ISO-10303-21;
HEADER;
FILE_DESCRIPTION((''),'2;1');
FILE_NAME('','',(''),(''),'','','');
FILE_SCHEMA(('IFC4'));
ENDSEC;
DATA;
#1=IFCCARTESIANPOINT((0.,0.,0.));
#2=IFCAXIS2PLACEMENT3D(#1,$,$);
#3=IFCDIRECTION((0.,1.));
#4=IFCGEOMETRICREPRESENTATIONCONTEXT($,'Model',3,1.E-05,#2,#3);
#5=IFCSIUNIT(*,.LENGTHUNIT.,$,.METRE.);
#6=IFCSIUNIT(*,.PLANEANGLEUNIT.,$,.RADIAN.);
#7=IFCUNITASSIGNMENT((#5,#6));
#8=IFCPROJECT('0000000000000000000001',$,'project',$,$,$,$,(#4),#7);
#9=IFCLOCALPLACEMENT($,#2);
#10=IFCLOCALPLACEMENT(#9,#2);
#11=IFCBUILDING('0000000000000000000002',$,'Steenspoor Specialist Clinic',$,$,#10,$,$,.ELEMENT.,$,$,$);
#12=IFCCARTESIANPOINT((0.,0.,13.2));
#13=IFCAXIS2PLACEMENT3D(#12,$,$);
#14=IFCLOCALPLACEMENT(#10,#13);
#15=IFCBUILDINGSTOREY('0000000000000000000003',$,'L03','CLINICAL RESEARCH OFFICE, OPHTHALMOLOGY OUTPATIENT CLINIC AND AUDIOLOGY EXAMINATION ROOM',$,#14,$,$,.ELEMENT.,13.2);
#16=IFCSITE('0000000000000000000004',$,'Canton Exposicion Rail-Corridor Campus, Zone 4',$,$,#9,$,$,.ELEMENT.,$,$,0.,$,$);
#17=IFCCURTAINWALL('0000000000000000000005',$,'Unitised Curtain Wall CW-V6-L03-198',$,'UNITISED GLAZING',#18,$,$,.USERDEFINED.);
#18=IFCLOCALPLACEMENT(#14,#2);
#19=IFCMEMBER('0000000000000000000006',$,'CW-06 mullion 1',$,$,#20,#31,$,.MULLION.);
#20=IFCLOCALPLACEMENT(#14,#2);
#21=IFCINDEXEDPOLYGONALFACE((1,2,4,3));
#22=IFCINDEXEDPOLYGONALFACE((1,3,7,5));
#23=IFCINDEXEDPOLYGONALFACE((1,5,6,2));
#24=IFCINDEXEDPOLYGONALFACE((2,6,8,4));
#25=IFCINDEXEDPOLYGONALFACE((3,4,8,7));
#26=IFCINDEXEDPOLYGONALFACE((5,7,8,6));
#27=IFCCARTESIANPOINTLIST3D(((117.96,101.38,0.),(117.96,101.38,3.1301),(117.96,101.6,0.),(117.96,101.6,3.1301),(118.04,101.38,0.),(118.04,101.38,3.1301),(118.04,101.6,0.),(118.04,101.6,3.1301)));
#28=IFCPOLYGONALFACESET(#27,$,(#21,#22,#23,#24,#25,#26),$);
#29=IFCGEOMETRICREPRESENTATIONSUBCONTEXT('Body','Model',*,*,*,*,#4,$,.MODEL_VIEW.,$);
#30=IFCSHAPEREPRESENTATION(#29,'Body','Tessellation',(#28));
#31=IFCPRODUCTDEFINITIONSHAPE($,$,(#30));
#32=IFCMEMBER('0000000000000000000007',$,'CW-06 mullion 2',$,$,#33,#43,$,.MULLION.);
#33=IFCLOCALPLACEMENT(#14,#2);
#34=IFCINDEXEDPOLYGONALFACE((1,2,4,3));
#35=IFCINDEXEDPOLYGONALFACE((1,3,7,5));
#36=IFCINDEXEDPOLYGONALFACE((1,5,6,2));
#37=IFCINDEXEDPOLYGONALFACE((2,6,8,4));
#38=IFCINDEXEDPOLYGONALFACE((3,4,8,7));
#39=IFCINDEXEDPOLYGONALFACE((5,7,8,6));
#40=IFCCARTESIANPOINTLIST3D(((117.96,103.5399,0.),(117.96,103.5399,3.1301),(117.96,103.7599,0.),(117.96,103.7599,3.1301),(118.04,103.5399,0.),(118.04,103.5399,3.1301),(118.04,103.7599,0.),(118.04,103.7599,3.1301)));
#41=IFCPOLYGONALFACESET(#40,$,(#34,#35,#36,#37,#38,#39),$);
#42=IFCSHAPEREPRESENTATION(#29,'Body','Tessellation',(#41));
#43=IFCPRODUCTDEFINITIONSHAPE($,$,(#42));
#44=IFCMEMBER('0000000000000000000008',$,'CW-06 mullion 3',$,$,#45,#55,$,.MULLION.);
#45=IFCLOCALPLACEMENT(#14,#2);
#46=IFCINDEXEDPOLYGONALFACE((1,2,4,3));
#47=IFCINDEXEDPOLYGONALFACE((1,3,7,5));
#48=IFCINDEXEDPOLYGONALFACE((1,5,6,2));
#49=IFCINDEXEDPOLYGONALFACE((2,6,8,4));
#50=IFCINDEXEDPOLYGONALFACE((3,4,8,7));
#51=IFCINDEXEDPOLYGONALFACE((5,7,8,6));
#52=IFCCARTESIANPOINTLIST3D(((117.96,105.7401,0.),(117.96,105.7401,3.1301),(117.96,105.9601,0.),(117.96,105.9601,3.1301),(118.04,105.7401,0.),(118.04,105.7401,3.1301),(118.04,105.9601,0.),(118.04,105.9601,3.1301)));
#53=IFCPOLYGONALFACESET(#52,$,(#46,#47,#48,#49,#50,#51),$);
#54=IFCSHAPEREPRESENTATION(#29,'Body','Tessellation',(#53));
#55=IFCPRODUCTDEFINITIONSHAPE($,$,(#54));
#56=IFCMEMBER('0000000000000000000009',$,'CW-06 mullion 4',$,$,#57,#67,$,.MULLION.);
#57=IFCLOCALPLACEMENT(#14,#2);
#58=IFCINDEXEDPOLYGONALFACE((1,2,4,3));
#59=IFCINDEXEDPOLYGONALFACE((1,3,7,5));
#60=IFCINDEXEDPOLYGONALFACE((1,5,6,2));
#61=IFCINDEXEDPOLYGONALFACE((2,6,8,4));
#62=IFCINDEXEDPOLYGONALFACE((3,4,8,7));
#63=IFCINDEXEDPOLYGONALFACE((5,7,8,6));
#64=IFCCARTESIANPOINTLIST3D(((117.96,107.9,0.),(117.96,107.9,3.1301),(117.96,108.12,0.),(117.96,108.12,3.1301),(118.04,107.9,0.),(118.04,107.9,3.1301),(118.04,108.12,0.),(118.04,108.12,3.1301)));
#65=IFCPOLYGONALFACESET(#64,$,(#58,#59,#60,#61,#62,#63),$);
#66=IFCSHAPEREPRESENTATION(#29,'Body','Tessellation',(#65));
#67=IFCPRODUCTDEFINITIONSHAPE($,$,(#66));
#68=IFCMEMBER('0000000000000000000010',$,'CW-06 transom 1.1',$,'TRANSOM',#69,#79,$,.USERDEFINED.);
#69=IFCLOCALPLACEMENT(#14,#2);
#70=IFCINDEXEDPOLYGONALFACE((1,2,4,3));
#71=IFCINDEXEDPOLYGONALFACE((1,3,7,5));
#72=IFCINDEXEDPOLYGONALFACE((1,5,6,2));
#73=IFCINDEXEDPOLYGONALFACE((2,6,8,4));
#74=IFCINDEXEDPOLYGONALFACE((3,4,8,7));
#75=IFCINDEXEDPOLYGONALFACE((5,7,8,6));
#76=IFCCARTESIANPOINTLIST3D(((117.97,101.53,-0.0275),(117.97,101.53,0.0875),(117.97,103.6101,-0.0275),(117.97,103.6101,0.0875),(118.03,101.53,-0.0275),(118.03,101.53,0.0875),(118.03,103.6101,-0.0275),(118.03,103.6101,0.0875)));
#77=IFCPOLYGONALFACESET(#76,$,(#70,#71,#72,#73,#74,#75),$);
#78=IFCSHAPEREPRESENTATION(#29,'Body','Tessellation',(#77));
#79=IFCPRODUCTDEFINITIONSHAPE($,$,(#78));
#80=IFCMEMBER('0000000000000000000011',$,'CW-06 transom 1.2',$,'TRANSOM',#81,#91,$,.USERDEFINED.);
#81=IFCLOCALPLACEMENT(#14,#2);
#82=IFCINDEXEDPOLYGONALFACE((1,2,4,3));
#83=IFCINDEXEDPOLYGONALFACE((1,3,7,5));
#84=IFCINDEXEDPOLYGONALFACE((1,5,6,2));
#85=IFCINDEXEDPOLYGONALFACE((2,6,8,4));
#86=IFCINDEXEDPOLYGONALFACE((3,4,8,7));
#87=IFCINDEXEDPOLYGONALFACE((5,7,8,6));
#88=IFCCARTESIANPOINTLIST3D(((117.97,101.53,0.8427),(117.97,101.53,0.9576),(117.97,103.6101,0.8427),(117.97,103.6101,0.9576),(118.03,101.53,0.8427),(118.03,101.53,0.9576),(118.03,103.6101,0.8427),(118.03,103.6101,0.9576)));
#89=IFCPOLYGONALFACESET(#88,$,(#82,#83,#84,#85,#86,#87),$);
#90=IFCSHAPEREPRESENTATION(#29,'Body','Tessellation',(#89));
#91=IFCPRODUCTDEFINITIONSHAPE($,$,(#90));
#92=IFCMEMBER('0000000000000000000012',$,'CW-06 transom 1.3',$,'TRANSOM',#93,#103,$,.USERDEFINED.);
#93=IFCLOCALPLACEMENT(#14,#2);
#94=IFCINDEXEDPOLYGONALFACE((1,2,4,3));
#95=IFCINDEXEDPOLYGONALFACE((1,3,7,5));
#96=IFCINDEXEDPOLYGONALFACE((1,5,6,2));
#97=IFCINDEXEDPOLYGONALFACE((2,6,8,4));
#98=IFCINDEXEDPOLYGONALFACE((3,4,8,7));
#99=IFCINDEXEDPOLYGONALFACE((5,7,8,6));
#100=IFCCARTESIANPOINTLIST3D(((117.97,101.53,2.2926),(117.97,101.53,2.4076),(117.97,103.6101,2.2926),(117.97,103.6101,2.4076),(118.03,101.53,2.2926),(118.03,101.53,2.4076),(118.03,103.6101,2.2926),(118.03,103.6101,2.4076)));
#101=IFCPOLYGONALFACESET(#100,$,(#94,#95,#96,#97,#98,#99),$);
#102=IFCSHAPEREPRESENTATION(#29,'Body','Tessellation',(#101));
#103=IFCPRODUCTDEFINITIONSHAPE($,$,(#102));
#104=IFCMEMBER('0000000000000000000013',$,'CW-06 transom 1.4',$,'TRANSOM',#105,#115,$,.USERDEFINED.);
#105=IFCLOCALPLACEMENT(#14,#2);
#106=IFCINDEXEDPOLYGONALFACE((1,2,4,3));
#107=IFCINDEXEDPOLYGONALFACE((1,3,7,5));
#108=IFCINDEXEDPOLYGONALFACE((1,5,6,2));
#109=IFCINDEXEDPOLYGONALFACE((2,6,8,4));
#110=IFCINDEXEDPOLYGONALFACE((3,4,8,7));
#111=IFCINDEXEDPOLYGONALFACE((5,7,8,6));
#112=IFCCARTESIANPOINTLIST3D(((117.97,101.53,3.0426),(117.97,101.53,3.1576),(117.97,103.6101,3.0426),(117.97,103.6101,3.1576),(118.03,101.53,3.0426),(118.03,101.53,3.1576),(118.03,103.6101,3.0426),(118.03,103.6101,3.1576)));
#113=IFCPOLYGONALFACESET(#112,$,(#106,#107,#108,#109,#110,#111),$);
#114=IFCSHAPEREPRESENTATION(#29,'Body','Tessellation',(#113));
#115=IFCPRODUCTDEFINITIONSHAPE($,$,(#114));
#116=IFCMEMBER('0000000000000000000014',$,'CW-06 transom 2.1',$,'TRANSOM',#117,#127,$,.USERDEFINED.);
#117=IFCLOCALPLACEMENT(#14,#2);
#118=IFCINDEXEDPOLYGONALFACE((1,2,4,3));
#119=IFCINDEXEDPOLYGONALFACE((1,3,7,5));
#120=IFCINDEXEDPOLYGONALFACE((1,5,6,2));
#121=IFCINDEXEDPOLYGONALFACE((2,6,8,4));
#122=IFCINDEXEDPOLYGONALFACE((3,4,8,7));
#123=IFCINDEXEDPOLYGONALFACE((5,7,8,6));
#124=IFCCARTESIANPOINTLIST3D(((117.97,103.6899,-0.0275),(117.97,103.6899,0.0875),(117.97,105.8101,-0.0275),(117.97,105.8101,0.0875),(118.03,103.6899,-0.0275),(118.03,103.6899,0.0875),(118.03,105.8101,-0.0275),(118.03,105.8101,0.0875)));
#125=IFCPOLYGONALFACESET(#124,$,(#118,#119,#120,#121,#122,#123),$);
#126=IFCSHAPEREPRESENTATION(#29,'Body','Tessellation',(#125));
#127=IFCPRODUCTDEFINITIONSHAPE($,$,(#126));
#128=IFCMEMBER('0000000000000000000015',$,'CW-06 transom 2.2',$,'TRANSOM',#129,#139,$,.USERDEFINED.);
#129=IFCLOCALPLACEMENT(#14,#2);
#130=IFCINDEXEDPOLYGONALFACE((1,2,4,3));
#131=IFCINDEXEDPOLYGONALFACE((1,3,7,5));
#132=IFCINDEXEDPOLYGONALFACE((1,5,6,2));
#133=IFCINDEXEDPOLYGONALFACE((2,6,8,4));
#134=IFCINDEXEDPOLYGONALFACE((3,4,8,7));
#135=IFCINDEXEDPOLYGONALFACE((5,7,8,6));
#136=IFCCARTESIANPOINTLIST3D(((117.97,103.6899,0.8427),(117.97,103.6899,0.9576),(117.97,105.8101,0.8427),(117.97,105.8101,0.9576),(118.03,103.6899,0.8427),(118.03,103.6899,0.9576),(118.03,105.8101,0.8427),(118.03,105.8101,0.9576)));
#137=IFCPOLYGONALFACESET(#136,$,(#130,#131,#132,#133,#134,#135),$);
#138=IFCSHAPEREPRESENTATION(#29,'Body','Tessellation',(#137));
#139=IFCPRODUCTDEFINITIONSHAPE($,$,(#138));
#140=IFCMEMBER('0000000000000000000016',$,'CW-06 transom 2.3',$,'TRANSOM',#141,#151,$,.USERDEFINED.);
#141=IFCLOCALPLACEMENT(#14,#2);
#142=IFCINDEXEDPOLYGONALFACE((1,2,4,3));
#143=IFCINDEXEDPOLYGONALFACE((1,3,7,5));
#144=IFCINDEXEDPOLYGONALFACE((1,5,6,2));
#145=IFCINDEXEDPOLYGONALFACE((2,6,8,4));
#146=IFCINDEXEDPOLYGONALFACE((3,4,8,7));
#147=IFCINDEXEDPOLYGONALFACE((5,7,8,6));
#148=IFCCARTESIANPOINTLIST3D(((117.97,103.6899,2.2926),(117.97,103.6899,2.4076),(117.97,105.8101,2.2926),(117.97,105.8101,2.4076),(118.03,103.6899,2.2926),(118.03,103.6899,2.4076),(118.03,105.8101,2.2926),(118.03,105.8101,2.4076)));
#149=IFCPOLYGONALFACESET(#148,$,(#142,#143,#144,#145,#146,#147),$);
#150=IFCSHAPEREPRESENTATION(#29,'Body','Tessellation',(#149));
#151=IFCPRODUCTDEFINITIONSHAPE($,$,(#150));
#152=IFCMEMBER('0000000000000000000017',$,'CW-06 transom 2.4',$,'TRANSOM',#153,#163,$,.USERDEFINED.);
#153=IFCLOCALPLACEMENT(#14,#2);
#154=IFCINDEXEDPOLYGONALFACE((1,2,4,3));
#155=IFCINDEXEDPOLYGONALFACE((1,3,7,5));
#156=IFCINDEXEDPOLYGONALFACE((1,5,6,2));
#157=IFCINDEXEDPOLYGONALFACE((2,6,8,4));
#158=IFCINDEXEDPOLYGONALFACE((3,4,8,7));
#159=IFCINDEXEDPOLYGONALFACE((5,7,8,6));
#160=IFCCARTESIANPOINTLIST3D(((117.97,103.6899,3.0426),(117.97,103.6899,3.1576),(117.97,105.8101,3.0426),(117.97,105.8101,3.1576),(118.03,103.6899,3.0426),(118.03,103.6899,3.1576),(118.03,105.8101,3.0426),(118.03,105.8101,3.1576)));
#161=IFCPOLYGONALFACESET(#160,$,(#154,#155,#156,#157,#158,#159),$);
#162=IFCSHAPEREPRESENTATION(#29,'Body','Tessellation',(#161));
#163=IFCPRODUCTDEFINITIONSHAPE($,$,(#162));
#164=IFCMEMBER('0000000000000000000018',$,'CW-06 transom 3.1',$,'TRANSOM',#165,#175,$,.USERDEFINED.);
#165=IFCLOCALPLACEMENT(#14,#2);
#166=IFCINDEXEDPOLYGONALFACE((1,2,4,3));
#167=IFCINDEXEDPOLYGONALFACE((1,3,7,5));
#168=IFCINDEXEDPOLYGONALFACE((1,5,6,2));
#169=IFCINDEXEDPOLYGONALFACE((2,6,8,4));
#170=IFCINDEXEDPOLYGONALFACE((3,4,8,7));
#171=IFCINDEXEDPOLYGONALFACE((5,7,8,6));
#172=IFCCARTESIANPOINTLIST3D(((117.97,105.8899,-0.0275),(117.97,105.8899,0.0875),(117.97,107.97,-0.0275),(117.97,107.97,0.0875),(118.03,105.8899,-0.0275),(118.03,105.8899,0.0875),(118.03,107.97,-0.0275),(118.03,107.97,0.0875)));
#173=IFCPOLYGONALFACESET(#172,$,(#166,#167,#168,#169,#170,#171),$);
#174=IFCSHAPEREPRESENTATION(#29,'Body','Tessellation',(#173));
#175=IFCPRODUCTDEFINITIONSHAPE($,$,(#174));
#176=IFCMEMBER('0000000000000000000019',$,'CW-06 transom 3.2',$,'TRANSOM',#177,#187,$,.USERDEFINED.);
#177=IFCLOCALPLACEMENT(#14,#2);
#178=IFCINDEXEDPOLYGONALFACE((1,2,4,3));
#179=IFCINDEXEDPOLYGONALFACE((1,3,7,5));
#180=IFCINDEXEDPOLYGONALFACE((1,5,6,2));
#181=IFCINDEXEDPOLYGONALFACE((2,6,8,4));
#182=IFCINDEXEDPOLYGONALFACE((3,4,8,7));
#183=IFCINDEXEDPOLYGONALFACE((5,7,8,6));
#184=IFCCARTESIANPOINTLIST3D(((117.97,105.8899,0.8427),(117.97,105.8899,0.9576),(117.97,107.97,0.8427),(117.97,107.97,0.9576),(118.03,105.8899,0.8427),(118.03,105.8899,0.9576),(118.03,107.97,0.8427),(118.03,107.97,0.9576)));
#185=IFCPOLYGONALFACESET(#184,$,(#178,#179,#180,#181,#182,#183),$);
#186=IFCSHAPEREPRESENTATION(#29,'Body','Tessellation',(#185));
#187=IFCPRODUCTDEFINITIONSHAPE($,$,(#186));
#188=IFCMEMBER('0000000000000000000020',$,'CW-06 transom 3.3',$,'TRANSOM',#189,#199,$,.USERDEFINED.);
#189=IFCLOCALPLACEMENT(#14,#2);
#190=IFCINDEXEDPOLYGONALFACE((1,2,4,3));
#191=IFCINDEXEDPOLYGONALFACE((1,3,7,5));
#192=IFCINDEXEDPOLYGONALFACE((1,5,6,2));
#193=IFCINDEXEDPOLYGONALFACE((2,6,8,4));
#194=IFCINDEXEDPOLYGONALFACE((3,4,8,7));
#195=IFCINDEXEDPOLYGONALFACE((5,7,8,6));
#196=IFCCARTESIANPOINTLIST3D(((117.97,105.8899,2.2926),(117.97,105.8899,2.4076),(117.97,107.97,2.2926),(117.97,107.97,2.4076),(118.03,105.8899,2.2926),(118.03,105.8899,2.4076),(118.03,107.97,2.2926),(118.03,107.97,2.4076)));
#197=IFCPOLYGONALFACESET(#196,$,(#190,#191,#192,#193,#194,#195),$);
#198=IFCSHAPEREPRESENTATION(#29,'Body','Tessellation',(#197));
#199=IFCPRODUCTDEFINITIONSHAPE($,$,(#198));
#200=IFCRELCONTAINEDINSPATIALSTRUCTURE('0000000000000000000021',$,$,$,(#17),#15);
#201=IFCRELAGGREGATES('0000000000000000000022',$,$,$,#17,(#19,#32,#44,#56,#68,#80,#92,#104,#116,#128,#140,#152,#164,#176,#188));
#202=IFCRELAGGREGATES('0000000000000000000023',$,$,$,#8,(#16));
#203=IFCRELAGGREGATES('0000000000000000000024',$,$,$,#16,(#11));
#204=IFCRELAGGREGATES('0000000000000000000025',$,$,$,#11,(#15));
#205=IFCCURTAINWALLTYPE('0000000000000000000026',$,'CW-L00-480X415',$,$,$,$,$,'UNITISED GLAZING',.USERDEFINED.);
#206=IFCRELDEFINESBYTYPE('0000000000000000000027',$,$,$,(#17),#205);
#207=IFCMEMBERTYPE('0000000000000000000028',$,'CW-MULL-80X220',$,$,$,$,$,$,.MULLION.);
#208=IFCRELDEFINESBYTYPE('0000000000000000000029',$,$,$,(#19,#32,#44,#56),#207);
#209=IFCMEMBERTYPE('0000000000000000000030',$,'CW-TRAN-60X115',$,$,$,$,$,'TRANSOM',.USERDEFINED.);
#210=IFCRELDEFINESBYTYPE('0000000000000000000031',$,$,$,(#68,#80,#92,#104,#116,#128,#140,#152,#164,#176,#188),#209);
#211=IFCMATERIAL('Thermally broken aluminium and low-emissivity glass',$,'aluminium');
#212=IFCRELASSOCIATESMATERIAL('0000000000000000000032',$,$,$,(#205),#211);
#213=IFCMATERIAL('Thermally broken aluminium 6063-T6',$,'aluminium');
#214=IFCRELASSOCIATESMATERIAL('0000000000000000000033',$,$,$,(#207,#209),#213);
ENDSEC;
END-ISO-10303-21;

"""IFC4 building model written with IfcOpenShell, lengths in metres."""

from ifc_helpers import new_model, si_unit, direction, frame, origin, origin_2d, place, context, subcontext, project, spatial, rectangle, extrude, material, material_profile, profile_set, type_object, element, aggregate, save


model = new_model("IFC4")

# Units and contexts
model_context = context("Model", 3, precision=1e-05, world=origin(), true_north=direction((0.0, 1.0)))
body_context = subcontext(model_context, "Body", "Model", "MODEL_VIEW")
ifc_project = project(units=[si_unit("LENGTHUNIT", "METRE"), si_unit("PLANEANGLEUNIT", "RADIAN")], contexts=[model_context])

# Site, building, storey
site_placement = place(None, origin())
site = spatial("IfcSite", under=ifc_project, at=site_placement, Name="Canton Exposicion Rail-Corridor Campus, Zone 4", CompositionType="ELEMENT", RefElevation=0.0)
building_placement = place(site_placement, origin())
building = spatial("IfcBuilding", under=site, at=building_placement, Name="Steenspoor Specialist Clinic", CompositionType="ELEMENT")
storey_placement = place(building_placement, frame((0.0, 0.0, 13.2)))
storey = spatial("IfcBuildingStorey", under=building, at=storey_placement, Name="L03", Description="CLINICAL RESEARCH OFFICE, OPHTHALMOLOGY OUTPATIENT CLINIC AND AUDIOLOGY EXAMINATION ROOM", CompositionType="ELEMENT", Elevation=13.2)

# Curtain wall, members
ifc_material_1 = material(Name="Thermally broken aluminium and low-emissivity glass", Category="aluminium")
curtain_wall_type = type_object("IfcCurtainWallType", Name="CW-L00-480X415", ElementType="UNITISED GLAZING", PredefinedType="USERDEFINED", material=ifc_material_1)
curtain_wall_placement = place(storey_placement, origin())
curtain_wall = element("IfcCurtainWall", 1, at=curtain_wall_placement, inside=storey, type_object=curtain_wall_type, Name="Unitised Curtain Wall CW-V6-L03-198", ObjectType="UNITISED GLAZING", PredefinedType="USERDEFINED")
ifc_material_2 = material(Name="Thermally broken aluminium 6063-T6", Category="aluminium")
ifc_material_profile_1 = material_profile(ifc_material_2, rectangle(XDim=0.0801, YDim=0.22, at=origin_2d()), Name="CWM-80X220")
ifc_profile_set_1 = profile_set([ifc_material_profile_1], Name="Thermally broken aluminium 6063-T6")
member_type_1 = type_object("IfcMemberType", Name="CW-MULL-80X220", PredefinedType="MULLION", material=ifc_profile_set_1)
member_1_placement = place(storey_placement, frame((118.0, 101.49, 0.0), z_axis=(0.0, 0.0, 1.0), x_axis=(-1.0, 0.0, 0.0)))
member_1 = element("IfcMember", 2, at=member_1_placement, type_object=member_type_1, Name="CW-06 mullion 1", PredefinedType="MULLION", context=body_context, shape_type="SweptSolid", body=[
    extrude(rectangle(XDim=0.0801, YDim=0.22, at=origin_2d()), origin(), (0.0, 0.0, 1.0), 3.1301),
])
member_2_placement = place(storey_placement, frame((118.0, 103.6499, 0.0), z_axis=(0.0, 0.0, 1.0), x_axis=(-1.0, 0.0, 0.0)))
member_2 = element("IfcMember", 3, at=member_2_placement, type_object=member_type_1, Name="CW-06 mullion 2", PredefinedType="MULLION", context=body_context, shape_type="SweptSolid", body=[
    extrude(rectangle(XDim=0.0801, YDim=0.22, at=origin_2d()), origin(), (0.0, 0.0, 1.0), 3.1301),
])
member_3_placement = place(storey_placement, frame((118.0, 105.8501, 0.0), z_axis=(0.0, 0.0, 1.0), x_axis=(-1.0, 0.0, 0.0)))
member_3 = element("IfcMember", 4, at=member_3_placement, type_object=member_type_1, Name="CW-06 mullion 3", PredefinedType="MULLION", context=body_context, shape_type="SweptSolid", body=[
    extrude(rectangle(XDim=0.0801, YDim=0.22, at=origin_2d()), origin(), (0.0, 0.0, 1.0), 3.1301),
])
member_4_placement = place(storey_placement, frame((118.0, 108.01, 0.0), z_axis=(0.0, 0.0, 1.0), x_axis=(-1.0, 0.0, 0.0)))
member_4 = element("IfcMember", 5, at=member_4_placement, type_object=member_type_1, Name="CW-06 mullion 4", PredefinedType="MULLION", context=body_context, shape_type="SweptSolid", body=[
    extrude(rectangle(XDim=0.0801, YDim=0.22, at=origin_2d()), origin(), (0.0, 0.0, 1.0), 3.1301),
])
ifc_material_profile_2 = material_profile(ifc_material_2, rectangle(XDim=0.0601, YDim=0.115, at=origin_2d()), Name="CWT-60X115")
ifc_profile_set_2 = profile_set([ifc_material_profile_2], Name="Thermally broken aluminium 6063-T6")
member_type_2 = type_object("IfcMemberType", Name="CW-TRAN-60X115", ElementType="TRANSOM", PredefinedType="USERDEFINED", material=ifc_profile_set_2)
member_5_placement = place(storey_placement, frame((118.0, 101.53, 0.03), z_axis=(0.0, 1.0, 0.0), x_axis=(-1.0, 0.0, 0.0)))
member_5 = element("IfcMember", 6, at=member_5_placement, type_object=member_type_2, Name="CW-06 transom 1.1", ObjectType="TRANSOM", PredefinedType="USERDEFINED", context=body_context, shape_type="SweptSolid", body=[
    extrude(rectangle(XDim=0.0601, YDim=0.115, at=origin_2d()), origin(), (0.0, 0.0, 1.0), 2.0801),
])
member_6_placement = place(storey_placement, frame((118.0, 101.53, 0.9001), z_axis=(0.0, 1.0, 0.0), x_axis=(-1.0, 0.0, 0.0)))
member_6 = element("IfcMember", 7, at=member_6_placement, type_object=member_type_2, Name="CW-06 transom 1.2", ObjectType="TRANSOM", PredefinedType="USERDEFINED", context=body_context, shape_type="SweptSolid", body=[
    extrude(rectangle(XDim=0.0601, YDim=0.115, at=origin_2d()), origin(), (0.0, 0.0, 1.0), 2.0801),
])
member_7_placement = place(storey_placement, frame((118.0, 101.53, 2.3501), z_axis=(0.0, 1.0, 0.0), x_axis=(-1.0, 0.0, 0.0)))
member_7 = element("IfcMember", 8, at=member_7_placement, type_object=member_type_2, Name="CW-06 transom 1.3", ObjectType="TRANSOM", PredefinedType="USERDEFINED", context=body_context, shape_type="SweptSolid", body=[
    extrude(rectangle(XDim=0.0601, YDim=0.115, at=origin_2d()), origin(), (0.0, 0.0, 1.0), 2.0801),
])
member_8_placement = place(storey_placement, frame((118.0, 101.53, 3.1001), z_axis=(0.0, 1.0, 0.0), x_axis=(-1.0, 0.0, 0.0)))
member_8 = element("IfcMember", 9, at=member_8_placement, type_object=member_type_2, Name="CW-06 transom 1.4", ObjectType="TRANSOM", PredefinedType="USERDEFINED", context=body_context, shape_type="SweptSolid", body=[
    extrude(rectangle(XDim=0.0601, YDim=0.115, at=origin_2d()), origin(), (0.0, 0.0, 1.0), 2.0801),
])
member_9_placement = place(storey_placement, frame((118.0, 103.6899, 0.03), z_axis=(0.0, 1.0, 0.0), x_axis=(-1.0, 0.0, 0.0)))
member_9 = element("IfcMember", 10, at=member_9_placement, type_object=member_type_2, Name="CW-06 transom 2.1", ObjectType="TRANSOM", PredefinedType="USERDEFINED", context=body_context, shape_type="SweptSolid", body=[
    extrude(rectangle(XDim=0.0601, YDim=0.115, at=origin_2d()), origin(), (0.0, 0.0, 1.0), 2.1201),
])
member_10_placement = place(storey_placement, frame((118.0, 103.6899, 0.9001), z_axis=(0.0, 1.0, 0.0), x_axis=(-1.0, 0.0, 0.0)))
member_10 = element("IfcMember", 11, at=member_10_placement, type_object=member_type_2, Name="CW-06 transom 2.2", ObjectType="TRANSOM", PredefinedType="USERDEFINED", context=body_context, shape_type="SweptSolid", body=[
    extrude(rectangle(XDim=0.0601, YDim=0.115, at=origin_2d()), origin(), (0.0, 0.0, 1.0), 2.1201),
])
member_11_placement = place(storey_placement, frame((118.0, 103.6899, 2.3501), z_axis=(0.0, 1.0, 0.0), x_axis=(-1.0, 0.0, 0.0)))
member_11 = element("IfcMember", 12, at=member_11_placement, type_object=member_type_2, Name="CW-06 transom 2.3", ObjectType="TRANSOM", PredefinedType="USERDEFINED", context=body_context, shape_type="SweptSolid", body=[
    extrude(rectangle(XDim=0.0601, YDim=0.115, at=origin_2d()), origin(), (0.0, 0.0, 1.0), 2.1201),
])
member_12_placement = place(storey_placement, frame((118.0, 103.6899, 3.1001), z_axis=(0.0, 1.0, 0.0), x_axis=(-1.0, 0.0, 0.0)))
member_12 = element("IfcMember", 13, at=member_12_placement, type_object=member_type_2, Name="CW-06 transom 2.4", ObjectType="TRANSOM", PredefinedType="USERDEFINED", context=body_context, shape_type="SweptSolid", body=[
    extrude(rectangle(XDim=0.0601, YDim=0.115, at=origin_2d()), origin(), (0.0, 0.0, 1.0), 2.1201),
])
member_13_placement = place(storey_placement, frame((118.0, 105.8899, 0.03), z_axis=(0.0, 1.0, 0.0), x_axis=(-1.0, 0.0, 0.0)))
member_13 = element("IfcMember", 14, at=member_13_placement, type_object=member_type_2, Name="CW-06 transom 3.1", ObjectType="TRANSOM", PredefinedType="USERDEFINED", context=body_context, shape_type="SweptSolid", body=[
    extrude(rectangle(XDim=0.0601, YDim=0.115, at=origin_2d()), origin(), (0.0, 0.0, 1.0), 2.0801),
])
member_14_placement = place(storey_placement, frame((118.0, 105.8899, 0.9001), z_axis=(0.0, 1.0, 0.0), x_axis=(-1.0, 0.0, 0.0)))
member_14 = element("IfcMember", 15, at=member_14_placement, type_object=member_type_2, Name="CW-06 transom 3.2", ObjectType="TRANSOM", PredefinedType="USERDEFINED", context=body_context, shape_type="SweptSolid", body=[
    extrude(rectangle(XDim=0.0601, YDim=0.115, at=origin_2d()), origin(), (0.0, 0.0, 1.0), 2.0801),
])
member_15_placement = place(storey_placement, frame((118.0, 105.8899, 2.3501), z_axis=(0.0, 1.0, 0.0), x_axis=(-1.0, 0.0, 0.0)))
member_15 = element("IfcMember", 16, at=member_15_placement, type_object=member_type_2, Name="CW-06 transom 3.3", ObjectType="TRANSOM", PredefinedType="USERDEFINED", context=body_context, shape_type="SweptSolid", body=[
    extrude(rectangle(XDim=0.0601, YDim=0.115, at=origin_2d()), origin(), (0.0, 0.0, 1.0), 2.0801),
])

aggregate(curtain_wall, [member_1, member_2, member_3, member_4, member_5, member_6, member_7, member_8, member_9, member_10, member_11, member_12, member_13, member_14, member_15])

save(model, "model.ifc")
